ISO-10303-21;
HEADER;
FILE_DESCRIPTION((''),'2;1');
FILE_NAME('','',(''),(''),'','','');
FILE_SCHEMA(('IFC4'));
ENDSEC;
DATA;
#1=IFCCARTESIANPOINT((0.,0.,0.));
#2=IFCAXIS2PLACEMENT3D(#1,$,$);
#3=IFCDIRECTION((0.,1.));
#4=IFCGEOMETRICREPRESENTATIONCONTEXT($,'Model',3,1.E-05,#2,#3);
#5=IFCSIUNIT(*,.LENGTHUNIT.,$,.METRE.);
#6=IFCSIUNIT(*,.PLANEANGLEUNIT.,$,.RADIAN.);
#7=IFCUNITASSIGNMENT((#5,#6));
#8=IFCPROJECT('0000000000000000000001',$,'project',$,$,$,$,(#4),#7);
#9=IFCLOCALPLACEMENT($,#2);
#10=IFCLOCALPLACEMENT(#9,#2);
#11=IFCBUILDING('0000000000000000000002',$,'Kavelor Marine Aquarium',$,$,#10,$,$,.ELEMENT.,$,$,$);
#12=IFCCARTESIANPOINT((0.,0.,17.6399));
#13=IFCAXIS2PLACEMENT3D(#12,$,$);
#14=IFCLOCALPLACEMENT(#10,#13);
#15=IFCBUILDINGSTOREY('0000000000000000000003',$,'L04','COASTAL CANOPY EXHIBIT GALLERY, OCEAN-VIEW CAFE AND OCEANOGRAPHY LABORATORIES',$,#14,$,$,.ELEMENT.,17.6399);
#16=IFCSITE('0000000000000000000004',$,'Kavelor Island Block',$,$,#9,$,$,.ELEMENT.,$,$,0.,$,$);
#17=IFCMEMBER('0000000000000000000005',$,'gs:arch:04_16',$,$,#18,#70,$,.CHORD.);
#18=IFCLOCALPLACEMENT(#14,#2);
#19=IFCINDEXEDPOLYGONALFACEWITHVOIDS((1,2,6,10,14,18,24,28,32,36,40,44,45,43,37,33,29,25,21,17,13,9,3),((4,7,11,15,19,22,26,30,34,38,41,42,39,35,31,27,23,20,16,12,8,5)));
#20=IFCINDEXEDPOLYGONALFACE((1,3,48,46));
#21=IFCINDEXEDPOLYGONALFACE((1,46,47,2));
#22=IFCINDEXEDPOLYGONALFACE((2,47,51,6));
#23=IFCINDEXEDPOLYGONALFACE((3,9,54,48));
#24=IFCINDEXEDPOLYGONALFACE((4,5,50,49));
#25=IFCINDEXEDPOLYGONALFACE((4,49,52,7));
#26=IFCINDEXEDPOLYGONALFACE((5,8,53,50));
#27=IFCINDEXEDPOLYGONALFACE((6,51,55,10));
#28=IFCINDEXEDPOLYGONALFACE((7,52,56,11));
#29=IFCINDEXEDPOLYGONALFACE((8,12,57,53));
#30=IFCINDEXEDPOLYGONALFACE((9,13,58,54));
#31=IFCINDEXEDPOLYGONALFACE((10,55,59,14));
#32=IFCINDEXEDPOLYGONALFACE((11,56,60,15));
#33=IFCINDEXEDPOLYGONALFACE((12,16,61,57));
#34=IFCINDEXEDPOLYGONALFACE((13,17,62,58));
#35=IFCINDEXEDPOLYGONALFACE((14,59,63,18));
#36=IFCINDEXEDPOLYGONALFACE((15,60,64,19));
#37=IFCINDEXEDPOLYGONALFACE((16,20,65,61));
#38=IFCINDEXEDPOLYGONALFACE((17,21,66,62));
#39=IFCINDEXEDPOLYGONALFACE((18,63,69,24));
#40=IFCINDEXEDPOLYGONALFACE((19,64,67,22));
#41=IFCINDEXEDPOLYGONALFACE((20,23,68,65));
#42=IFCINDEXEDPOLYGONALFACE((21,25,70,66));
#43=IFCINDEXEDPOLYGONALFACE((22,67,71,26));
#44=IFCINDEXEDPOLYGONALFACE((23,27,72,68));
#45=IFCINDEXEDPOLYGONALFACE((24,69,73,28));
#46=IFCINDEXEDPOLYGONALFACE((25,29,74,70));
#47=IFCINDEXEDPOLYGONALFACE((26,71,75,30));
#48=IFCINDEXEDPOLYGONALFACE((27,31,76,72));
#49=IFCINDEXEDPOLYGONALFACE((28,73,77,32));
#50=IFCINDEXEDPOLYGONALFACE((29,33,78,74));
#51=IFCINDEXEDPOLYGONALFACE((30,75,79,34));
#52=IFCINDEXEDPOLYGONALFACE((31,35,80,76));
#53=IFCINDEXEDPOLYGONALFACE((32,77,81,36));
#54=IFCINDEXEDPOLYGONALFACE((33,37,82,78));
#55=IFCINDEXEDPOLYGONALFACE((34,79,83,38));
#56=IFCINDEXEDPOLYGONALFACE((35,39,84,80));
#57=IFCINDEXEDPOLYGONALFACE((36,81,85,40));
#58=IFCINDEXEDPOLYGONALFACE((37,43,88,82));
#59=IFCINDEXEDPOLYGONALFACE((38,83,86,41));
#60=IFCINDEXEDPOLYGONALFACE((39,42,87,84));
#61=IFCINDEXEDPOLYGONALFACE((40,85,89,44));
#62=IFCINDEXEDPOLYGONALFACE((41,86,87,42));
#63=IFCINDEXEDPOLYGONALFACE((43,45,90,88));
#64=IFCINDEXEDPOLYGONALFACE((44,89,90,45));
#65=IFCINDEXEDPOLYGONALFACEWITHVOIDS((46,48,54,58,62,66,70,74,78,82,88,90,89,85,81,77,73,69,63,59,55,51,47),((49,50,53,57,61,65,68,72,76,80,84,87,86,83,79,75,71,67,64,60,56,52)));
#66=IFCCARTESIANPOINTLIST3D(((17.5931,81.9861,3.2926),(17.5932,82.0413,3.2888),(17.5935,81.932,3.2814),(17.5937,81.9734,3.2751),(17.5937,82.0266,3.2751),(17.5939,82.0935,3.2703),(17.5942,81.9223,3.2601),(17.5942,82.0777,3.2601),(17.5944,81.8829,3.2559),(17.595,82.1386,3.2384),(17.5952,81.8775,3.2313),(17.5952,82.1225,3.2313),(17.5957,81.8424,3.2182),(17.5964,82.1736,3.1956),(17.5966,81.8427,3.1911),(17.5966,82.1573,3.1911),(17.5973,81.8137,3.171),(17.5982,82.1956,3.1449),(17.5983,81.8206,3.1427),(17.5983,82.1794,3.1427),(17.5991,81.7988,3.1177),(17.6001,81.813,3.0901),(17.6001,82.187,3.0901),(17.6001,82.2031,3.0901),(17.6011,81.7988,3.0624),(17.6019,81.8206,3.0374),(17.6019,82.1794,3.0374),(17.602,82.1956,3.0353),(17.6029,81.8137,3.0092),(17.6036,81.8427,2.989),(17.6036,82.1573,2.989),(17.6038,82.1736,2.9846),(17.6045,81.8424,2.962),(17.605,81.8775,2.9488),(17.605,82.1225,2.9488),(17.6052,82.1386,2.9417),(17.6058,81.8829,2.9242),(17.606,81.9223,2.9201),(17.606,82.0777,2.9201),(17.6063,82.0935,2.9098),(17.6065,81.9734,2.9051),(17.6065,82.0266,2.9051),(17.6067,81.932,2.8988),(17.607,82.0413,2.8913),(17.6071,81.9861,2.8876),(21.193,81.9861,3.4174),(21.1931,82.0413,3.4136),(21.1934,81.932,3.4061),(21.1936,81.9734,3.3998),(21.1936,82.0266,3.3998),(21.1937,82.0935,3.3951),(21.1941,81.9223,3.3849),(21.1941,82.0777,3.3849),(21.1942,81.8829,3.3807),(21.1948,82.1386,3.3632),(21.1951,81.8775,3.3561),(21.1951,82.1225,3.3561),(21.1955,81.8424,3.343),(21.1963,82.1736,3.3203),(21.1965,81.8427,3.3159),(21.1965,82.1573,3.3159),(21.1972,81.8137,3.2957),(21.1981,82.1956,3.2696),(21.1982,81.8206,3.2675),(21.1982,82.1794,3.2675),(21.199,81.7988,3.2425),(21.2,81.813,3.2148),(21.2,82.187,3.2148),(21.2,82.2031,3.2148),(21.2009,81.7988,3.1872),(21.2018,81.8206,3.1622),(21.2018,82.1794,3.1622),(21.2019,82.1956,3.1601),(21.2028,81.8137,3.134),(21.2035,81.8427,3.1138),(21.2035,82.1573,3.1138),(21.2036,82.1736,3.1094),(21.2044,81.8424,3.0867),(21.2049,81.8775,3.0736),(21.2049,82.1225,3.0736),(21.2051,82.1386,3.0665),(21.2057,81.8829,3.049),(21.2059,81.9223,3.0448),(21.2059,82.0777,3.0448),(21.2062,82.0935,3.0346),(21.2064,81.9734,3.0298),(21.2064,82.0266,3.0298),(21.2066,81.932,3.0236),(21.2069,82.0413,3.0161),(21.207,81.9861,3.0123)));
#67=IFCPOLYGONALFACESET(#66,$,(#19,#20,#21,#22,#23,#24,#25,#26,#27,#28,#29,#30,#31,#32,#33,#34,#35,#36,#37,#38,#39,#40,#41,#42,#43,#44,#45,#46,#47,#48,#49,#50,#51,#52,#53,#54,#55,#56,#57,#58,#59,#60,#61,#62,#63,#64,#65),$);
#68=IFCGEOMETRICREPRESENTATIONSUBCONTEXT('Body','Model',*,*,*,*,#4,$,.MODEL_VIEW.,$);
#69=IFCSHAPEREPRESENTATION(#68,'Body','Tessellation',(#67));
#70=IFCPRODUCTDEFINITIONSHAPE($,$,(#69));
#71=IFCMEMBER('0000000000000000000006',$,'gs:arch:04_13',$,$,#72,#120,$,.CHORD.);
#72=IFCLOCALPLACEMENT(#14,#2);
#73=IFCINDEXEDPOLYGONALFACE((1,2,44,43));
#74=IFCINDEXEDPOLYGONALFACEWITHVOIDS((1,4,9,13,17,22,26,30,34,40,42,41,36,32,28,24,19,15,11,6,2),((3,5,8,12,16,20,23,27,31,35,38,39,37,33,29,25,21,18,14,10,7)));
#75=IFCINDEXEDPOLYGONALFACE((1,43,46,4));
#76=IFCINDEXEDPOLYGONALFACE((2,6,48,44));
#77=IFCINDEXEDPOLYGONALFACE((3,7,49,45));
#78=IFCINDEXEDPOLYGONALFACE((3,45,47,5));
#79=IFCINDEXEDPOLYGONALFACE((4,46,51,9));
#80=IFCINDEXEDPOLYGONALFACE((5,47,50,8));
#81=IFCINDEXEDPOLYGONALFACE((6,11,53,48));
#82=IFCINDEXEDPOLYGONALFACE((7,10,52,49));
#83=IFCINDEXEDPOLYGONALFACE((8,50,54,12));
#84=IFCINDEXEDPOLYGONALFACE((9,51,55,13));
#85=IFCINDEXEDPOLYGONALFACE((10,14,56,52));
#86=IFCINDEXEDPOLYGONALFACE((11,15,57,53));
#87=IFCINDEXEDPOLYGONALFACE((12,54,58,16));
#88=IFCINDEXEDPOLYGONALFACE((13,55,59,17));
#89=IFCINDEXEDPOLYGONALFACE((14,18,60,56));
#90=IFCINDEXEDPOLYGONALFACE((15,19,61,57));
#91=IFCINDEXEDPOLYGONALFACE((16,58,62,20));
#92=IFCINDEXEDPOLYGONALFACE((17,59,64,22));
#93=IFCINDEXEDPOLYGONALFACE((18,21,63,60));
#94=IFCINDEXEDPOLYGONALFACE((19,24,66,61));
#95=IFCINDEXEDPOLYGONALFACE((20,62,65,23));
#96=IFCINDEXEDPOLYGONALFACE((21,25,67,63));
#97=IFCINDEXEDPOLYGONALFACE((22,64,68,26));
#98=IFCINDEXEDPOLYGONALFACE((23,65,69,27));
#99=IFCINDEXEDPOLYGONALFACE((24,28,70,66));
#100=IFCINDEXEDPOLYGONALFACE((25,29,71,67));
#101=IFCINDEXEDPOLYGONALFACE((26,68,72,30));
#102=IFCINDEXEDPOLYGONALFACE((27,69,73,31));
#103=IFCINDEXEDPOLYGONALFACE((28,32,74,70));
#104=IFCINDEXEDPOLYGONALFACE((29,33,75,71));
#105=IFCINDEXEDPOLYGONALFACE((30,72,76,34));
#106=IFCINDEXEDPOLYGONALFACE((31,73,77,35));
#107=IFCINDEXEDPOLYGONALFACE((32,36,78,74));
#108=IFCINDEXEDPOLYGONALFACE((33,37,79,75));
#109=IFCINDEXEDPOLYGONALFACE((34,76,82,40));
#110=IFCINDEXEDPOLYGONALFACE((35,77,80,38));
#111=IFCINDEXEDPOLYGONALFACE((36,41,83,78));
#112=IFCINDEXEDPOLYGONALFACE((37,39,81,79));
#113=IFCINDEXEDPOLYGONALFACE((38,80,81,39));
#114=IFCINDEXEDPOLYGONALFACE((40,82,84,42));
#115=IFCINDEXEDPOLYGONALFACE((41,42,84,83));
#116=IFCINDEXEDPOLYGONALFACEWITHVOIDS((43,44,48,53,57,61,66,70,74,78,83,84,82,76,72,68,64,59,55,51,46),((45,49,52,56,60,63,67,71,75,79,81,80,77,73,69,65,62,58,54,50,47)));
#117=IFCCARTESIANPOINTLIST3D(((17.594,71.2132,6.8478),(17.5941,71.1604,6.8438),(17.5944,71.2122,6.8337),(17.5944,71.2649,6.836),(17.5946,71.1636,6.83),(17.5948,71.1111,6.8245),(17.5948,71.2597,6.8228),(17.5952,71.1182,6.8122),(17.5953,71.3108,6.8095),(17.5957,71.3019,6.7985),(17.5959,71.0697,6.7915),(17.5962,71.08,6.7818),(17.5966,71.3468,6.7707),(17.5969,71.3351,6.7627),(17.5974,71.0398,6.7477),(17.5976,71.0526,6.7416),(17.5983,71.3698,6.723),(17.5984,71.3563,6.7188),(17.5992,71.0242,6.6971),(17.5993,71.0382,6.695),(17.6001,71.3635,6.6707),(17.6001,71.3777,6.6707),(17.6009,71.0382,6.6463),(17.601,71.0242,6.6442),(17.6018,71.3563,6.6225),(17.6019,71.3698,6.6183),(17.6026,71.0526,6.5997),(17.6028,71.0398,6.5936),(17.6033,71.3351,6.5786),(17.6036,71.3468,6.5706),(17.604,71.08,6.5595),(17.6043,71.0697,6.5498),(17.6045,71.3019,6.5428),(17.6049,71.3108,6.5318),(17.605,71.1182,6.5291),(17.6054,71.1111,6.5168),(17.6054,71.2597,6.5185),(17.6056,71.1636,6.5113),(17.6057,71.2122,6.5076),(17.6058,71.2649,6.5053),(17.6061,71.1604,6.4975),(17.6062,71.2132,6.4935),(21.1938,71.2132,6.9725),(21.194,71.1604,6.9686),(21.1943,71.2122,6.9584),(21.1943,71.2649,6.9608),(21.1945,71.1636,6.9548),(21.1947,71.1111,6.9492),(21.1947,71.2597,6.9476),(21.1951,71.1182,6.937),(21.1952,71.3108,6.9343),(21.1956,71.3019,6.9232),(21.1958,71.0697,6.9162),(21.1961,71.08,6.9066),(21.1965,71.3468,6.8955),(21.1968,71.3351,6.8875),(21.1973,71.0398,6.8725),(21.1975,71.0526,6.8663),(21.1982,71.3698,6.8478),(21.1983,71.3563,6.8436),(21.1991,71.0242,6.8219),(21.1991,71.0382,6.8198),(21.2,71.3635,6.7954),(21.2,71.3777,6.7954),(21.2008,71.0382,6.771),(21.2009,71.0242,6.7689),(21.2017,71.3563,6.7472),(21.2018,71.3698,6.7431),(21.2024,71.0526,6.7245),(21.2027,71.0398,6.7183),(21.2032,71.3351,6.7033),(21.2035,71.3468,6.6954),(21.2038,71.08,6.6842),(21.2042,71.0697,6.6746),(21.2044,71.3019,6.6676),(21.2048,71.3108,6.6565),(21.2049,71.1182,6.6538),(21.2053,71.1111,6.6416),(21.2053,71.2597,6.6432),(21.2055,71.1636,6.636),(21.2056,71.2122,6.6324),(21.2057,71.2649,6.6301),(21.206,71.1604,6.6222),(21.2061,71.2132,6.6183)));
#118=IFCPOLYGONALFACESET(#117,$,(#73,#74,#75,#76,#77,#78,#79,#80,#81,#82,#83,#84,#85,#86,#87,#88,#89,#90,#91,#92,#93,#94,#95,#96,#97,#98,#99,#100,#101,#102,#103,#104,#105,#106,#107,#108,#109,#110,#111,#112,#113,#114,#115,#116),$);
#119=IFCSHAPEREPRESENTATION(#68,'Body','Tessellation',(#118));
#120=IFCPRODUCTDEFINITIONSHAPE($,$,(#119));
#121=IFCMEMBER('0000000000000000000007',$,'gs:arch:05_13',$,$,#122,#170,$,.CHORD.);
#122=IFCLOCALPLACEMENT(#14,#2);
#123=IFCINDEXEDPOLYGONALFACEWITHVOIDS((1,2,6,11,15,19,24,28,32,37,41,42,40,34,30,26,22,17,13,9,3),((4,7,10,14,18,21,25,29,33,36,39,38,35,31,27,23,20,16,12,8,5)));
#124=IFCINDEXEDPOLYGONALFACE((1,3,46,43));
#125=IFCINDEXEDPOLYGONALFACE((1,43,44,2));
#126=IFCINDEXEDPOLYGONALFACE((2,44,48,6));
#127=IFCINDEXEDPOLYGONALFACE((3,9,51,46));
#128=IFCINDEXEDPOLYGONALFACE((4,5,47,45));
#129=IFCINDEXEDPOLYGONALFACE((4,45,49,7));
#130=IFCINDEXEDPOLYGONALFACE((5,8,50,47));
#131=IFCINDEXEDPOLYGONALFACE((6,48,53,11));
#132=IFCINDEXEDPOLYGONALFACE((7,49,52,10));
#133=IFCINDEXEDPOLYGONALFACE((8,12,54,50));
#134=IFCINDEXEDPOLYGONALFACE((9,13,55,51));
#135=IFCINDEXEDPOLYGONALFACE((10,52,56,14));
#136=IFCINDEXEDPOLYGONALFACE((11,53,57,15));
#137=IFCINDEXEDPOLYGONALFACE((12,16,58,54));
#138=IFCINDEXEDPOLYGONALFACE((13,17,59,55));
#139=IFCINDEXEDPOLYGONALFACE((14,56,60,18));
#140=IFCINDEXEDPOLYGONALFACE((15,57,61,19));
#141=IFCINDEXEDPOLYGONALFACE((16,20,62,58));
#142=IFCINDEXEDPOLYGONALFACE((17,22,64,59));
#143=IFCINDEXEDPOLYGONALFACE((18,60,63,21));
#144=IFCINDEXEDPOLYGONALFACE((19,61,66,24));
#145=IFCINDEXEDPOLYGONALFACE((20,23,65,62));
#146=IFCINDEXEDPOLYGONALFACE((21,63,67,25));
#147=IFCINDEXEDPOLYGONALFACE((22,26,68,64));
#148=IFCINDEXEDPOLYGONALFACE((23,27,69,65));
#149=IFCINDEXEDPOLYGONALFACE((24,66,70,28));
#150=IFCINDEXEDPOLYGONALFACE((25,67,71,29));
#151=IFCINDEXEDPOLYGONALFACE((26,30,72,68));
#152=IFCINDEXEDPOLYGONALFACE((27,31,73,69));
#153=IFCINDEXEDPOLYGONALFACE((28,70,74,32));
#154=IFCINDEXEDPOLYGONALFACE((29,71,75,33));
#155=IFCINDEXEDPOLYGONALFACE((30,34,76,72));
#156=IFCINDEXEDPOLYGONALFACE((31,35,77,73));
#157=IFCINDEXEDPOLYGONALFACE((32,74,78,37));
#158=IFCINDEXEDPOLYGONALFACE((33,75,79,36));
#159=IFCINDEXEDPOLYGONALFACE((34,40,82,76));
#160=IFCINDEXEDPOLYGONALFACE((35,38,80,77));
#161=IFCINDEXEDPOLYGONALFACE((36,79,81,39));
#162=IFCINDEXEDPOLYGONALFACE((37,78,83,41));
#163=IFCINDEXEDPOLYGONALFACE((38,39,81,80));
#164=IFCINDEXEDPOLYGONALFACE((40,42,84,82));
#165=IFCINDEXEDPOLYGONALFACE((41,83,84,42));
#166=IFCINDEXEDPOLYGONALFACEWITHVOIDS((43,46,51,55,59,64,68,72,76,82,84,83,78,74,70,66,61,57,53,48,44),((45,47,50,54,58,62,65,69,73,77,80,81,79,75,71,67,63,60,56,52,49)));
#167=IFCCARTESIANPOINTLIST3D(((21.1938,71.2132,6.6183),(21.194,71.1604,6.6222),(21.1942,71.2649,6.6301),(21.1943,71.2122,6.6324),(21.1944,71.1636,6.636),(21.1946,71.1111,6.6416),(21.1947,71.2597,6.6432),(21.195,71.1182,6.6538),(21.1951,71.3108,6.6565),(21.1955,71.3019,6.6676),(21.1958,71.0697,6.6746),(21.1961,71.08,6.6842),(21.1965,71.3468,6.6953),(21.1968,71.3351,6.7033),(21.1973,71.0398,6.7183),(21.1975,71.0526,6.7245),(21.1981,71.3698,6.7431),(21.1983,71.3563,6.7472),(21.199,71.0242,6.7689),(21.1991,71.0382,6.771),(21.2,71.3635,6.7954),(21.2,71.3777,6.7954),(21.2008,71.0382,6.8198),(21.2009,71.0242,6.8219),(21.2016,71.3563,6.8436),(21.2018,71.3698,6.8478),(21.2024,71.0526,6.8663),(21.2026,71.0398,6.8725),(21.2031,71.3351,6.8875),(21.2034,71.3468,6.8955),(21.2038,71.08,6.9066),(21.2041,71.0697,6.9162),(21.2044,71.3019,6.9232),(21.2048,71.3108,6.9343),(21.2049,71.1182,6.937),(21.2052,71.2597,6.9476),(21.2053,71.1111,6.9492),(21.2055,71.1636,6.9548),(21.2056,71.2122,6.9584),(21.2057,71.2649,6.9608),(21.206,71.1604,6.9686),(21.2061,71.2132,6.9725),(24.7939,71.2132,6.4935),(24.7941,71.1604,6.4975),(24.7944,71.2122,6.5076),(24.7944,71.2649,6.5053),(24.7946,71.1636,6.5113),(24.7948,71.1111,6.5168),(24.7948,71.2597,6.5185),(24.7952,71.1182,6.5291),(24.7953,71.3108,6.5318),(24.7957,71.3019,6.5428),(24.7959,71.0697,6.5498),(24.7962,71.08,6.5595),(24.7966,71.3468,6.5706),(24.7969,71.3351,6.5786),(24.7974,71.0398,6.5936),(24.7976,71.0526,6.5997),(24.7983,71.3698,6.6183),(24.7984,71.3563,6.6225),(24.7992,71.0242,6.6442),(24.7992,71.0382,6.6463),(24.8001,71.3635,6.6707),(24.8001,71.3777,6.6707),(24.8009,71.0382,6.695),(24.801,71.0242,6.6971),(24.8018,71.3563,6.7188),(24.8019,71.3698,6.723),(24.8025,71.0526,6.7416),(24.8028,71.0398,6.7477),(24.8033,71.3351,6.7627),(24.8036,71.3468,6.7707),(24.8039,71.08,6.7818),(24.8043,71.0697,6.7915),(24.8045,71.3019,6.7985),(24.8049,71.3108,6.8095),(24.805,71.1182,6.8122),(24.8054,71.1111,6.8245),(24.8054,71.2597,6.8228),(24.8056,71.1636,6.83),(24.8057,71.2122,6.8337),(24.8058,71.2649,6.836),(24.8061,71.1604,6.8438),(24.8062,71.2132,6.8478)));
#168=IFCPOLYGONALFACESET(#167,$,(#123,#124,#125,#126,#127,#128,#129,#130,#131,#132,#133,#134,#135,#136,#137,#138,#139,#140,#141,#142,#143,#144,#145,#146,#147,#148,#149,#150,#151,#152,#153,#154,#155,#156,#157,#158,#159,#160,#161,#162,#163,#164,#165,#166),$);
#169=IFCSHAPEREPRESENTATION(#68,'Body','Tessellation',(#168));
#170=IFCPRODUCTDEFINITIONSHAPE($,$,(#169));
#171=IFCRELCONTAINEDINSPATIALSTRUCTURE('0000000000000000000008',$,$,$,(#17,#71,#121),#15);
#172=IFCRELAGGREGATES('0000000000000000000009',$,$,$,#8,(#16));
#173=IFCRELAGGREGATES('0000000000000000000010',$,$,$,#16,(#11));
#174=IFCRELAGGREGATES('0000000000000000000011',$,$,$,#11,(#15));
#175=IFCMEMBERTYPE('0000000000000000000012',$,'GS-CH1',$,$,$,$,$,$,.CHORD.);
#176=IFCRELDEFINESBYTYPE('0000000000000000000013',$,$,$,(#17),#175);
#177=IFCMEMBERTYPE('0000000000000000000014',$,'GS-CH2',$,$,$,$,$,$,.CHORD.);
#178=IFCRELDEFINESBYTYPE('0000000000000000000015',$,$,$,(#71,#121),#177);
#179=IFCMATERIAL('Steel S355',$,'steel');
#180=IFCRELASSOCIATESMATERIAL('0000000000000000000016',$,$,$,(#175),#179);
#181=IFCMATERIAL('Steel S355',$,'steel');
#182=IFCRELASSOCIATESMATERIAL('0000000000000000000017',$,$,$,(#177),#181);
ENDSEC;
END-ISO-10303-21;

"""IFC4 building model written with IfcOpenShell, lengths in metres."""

from ifc_helpers import new_model, si_unit, direction, frame, origin, origin_2d, place, context, subcontext, project, spatial, hollow_circle, extrude, material, material_profile, profile_set, type_object, element, save


model = new_model("IFC4")

# Units and contexts
model_context = context("Model", 3, precision=1e-05, world=origin(), true_north=direction((0.0, 1.0)))
body_context = subcontext(model_context, "Body", "Model", "MODEL_VIEW")
ifc_project = project(units=[si_unit("LENGTHUNIT", "METRE"), si_unit("PLANEANGLEUNIT", "RADIAN")], contexts=[model_context])

# Site, building, storey
site_placement = place(None, origin())
site = spatial("IfcSite", under=ifc_project, at=site_placement, Name="Kavelor Island Block", CompositionType="ELEMENT", RefElevation=0.0)
building_placement = place(site_placement, origin())
building = spatial("IfcBuilding", under=site, at=building_placement, Name="Kavelor Marine Aquarium", CompositionType="ELEMENT")
storey_placement = place(building_placement, frame((0.0, 0.0, 17.6399)))
storey = spatial("IfcBuildingStorey", under=building, at=storey_placement, Name="L04", Description="COASTAL CANOPY EXHIBIT GALLERY, OCEAN-VIEW CAFE AND OCEANOGRAPHY LABORATORIES", CompositionType="ELEMENT", Elevation=17.6399)

# Members
ifc_material_1 = material(Name="Steel S355", Category="steel")
ifc_material_profile_1 = material_profile(ifc_material_1, hollow_circle(Radius=0.2031, WallThickness=0.0161, at=origin_2d()), Name="CHS 406.4x16.0")
ifc_profile_set_1 = profile_set([ifc_material_profile_1], Name="Steel S355")
member_type_1 = type_object("IfcMemberType", Name="GS-CH1", PredefinedType="CHORD", material=ifc_profile_set_1)
member_1_placement = place(storey_placement, frame((17.6001, 82.0, 3.0901), z_axis=(0.9994, 0.0, 0.034635), x_axis=(0.0, 1.0, 0.0)))
element("IfcMember", 1, at=member_1_placement, inside=storey, type_object=member_type_1, Name="gs:arch:04_16", PredefinedType="CHORD", context=body_context, shape_type="SweptSolid", body=[
    extrude(hollow_circle(Radius=0.2031, WallThickness=0.0161, at=origin_2d()), origin(), (0.0, 0.0, 1.0), 3.6021),
])
ifc_material_2 = material(Name="Steel S355", Category="steel")
ifc_material_profile_2 = material_profile(ifc_material_2, hollow_circle(Radius=0.1777, WallThickness=0.0142, at=origin_2d()), Name="CHS 355.6x14.2")
ifc_profile_set_2 = profile_set([ifc_material_profile_2], Name="Steel S355")
member_type_2 = type_object("IfcMemberType", Name="GS-CH2", PredefinedType="CHORD", material=ifc_profile_set_2)
member_2_placement = place(storey_placement, frame((17.6001, 71.2, 6.6707), z_axis=(0.9994, 0.0, 0.034635), x_axis=(0.0, 1.0, 0.0)))
element("IfcMember", 2, at=member_2_placement, inside=storey, type_object=member_type_2, Name="gs:arch:04_13", PredefinedType="CHORD", context=body_context, shape_type="SweptSolid", body=[
    extrude(hollow_circle(Radius=0.1777, WallThickness=0.0142, at=origin_2d()), origin(), (0.0, 0.0, 1.0), 3.6021),
])
member_3_placement = place(storey_placement, frame((21.2, 71.2, 6.7954), z_axis=(0.9994, 0.0, -0.034633), x_axis=(0.0, 1.0, 0.0)))
element("IfcMember", 3, at=member_3_placement, inside=storey, type_object=member_type_2, Name="gs:arch:05_13", PredefinedType="CHORD", context=body_context, shape_type="SweptSolid", body=[
    extrude(hollow_circle(Radius=0.1777, WallThickness=0.0142, at=origin_2d()), origin(), (0.0, 0.0, 1.0), 3.6023),
])

save(model, "model.ifc")
